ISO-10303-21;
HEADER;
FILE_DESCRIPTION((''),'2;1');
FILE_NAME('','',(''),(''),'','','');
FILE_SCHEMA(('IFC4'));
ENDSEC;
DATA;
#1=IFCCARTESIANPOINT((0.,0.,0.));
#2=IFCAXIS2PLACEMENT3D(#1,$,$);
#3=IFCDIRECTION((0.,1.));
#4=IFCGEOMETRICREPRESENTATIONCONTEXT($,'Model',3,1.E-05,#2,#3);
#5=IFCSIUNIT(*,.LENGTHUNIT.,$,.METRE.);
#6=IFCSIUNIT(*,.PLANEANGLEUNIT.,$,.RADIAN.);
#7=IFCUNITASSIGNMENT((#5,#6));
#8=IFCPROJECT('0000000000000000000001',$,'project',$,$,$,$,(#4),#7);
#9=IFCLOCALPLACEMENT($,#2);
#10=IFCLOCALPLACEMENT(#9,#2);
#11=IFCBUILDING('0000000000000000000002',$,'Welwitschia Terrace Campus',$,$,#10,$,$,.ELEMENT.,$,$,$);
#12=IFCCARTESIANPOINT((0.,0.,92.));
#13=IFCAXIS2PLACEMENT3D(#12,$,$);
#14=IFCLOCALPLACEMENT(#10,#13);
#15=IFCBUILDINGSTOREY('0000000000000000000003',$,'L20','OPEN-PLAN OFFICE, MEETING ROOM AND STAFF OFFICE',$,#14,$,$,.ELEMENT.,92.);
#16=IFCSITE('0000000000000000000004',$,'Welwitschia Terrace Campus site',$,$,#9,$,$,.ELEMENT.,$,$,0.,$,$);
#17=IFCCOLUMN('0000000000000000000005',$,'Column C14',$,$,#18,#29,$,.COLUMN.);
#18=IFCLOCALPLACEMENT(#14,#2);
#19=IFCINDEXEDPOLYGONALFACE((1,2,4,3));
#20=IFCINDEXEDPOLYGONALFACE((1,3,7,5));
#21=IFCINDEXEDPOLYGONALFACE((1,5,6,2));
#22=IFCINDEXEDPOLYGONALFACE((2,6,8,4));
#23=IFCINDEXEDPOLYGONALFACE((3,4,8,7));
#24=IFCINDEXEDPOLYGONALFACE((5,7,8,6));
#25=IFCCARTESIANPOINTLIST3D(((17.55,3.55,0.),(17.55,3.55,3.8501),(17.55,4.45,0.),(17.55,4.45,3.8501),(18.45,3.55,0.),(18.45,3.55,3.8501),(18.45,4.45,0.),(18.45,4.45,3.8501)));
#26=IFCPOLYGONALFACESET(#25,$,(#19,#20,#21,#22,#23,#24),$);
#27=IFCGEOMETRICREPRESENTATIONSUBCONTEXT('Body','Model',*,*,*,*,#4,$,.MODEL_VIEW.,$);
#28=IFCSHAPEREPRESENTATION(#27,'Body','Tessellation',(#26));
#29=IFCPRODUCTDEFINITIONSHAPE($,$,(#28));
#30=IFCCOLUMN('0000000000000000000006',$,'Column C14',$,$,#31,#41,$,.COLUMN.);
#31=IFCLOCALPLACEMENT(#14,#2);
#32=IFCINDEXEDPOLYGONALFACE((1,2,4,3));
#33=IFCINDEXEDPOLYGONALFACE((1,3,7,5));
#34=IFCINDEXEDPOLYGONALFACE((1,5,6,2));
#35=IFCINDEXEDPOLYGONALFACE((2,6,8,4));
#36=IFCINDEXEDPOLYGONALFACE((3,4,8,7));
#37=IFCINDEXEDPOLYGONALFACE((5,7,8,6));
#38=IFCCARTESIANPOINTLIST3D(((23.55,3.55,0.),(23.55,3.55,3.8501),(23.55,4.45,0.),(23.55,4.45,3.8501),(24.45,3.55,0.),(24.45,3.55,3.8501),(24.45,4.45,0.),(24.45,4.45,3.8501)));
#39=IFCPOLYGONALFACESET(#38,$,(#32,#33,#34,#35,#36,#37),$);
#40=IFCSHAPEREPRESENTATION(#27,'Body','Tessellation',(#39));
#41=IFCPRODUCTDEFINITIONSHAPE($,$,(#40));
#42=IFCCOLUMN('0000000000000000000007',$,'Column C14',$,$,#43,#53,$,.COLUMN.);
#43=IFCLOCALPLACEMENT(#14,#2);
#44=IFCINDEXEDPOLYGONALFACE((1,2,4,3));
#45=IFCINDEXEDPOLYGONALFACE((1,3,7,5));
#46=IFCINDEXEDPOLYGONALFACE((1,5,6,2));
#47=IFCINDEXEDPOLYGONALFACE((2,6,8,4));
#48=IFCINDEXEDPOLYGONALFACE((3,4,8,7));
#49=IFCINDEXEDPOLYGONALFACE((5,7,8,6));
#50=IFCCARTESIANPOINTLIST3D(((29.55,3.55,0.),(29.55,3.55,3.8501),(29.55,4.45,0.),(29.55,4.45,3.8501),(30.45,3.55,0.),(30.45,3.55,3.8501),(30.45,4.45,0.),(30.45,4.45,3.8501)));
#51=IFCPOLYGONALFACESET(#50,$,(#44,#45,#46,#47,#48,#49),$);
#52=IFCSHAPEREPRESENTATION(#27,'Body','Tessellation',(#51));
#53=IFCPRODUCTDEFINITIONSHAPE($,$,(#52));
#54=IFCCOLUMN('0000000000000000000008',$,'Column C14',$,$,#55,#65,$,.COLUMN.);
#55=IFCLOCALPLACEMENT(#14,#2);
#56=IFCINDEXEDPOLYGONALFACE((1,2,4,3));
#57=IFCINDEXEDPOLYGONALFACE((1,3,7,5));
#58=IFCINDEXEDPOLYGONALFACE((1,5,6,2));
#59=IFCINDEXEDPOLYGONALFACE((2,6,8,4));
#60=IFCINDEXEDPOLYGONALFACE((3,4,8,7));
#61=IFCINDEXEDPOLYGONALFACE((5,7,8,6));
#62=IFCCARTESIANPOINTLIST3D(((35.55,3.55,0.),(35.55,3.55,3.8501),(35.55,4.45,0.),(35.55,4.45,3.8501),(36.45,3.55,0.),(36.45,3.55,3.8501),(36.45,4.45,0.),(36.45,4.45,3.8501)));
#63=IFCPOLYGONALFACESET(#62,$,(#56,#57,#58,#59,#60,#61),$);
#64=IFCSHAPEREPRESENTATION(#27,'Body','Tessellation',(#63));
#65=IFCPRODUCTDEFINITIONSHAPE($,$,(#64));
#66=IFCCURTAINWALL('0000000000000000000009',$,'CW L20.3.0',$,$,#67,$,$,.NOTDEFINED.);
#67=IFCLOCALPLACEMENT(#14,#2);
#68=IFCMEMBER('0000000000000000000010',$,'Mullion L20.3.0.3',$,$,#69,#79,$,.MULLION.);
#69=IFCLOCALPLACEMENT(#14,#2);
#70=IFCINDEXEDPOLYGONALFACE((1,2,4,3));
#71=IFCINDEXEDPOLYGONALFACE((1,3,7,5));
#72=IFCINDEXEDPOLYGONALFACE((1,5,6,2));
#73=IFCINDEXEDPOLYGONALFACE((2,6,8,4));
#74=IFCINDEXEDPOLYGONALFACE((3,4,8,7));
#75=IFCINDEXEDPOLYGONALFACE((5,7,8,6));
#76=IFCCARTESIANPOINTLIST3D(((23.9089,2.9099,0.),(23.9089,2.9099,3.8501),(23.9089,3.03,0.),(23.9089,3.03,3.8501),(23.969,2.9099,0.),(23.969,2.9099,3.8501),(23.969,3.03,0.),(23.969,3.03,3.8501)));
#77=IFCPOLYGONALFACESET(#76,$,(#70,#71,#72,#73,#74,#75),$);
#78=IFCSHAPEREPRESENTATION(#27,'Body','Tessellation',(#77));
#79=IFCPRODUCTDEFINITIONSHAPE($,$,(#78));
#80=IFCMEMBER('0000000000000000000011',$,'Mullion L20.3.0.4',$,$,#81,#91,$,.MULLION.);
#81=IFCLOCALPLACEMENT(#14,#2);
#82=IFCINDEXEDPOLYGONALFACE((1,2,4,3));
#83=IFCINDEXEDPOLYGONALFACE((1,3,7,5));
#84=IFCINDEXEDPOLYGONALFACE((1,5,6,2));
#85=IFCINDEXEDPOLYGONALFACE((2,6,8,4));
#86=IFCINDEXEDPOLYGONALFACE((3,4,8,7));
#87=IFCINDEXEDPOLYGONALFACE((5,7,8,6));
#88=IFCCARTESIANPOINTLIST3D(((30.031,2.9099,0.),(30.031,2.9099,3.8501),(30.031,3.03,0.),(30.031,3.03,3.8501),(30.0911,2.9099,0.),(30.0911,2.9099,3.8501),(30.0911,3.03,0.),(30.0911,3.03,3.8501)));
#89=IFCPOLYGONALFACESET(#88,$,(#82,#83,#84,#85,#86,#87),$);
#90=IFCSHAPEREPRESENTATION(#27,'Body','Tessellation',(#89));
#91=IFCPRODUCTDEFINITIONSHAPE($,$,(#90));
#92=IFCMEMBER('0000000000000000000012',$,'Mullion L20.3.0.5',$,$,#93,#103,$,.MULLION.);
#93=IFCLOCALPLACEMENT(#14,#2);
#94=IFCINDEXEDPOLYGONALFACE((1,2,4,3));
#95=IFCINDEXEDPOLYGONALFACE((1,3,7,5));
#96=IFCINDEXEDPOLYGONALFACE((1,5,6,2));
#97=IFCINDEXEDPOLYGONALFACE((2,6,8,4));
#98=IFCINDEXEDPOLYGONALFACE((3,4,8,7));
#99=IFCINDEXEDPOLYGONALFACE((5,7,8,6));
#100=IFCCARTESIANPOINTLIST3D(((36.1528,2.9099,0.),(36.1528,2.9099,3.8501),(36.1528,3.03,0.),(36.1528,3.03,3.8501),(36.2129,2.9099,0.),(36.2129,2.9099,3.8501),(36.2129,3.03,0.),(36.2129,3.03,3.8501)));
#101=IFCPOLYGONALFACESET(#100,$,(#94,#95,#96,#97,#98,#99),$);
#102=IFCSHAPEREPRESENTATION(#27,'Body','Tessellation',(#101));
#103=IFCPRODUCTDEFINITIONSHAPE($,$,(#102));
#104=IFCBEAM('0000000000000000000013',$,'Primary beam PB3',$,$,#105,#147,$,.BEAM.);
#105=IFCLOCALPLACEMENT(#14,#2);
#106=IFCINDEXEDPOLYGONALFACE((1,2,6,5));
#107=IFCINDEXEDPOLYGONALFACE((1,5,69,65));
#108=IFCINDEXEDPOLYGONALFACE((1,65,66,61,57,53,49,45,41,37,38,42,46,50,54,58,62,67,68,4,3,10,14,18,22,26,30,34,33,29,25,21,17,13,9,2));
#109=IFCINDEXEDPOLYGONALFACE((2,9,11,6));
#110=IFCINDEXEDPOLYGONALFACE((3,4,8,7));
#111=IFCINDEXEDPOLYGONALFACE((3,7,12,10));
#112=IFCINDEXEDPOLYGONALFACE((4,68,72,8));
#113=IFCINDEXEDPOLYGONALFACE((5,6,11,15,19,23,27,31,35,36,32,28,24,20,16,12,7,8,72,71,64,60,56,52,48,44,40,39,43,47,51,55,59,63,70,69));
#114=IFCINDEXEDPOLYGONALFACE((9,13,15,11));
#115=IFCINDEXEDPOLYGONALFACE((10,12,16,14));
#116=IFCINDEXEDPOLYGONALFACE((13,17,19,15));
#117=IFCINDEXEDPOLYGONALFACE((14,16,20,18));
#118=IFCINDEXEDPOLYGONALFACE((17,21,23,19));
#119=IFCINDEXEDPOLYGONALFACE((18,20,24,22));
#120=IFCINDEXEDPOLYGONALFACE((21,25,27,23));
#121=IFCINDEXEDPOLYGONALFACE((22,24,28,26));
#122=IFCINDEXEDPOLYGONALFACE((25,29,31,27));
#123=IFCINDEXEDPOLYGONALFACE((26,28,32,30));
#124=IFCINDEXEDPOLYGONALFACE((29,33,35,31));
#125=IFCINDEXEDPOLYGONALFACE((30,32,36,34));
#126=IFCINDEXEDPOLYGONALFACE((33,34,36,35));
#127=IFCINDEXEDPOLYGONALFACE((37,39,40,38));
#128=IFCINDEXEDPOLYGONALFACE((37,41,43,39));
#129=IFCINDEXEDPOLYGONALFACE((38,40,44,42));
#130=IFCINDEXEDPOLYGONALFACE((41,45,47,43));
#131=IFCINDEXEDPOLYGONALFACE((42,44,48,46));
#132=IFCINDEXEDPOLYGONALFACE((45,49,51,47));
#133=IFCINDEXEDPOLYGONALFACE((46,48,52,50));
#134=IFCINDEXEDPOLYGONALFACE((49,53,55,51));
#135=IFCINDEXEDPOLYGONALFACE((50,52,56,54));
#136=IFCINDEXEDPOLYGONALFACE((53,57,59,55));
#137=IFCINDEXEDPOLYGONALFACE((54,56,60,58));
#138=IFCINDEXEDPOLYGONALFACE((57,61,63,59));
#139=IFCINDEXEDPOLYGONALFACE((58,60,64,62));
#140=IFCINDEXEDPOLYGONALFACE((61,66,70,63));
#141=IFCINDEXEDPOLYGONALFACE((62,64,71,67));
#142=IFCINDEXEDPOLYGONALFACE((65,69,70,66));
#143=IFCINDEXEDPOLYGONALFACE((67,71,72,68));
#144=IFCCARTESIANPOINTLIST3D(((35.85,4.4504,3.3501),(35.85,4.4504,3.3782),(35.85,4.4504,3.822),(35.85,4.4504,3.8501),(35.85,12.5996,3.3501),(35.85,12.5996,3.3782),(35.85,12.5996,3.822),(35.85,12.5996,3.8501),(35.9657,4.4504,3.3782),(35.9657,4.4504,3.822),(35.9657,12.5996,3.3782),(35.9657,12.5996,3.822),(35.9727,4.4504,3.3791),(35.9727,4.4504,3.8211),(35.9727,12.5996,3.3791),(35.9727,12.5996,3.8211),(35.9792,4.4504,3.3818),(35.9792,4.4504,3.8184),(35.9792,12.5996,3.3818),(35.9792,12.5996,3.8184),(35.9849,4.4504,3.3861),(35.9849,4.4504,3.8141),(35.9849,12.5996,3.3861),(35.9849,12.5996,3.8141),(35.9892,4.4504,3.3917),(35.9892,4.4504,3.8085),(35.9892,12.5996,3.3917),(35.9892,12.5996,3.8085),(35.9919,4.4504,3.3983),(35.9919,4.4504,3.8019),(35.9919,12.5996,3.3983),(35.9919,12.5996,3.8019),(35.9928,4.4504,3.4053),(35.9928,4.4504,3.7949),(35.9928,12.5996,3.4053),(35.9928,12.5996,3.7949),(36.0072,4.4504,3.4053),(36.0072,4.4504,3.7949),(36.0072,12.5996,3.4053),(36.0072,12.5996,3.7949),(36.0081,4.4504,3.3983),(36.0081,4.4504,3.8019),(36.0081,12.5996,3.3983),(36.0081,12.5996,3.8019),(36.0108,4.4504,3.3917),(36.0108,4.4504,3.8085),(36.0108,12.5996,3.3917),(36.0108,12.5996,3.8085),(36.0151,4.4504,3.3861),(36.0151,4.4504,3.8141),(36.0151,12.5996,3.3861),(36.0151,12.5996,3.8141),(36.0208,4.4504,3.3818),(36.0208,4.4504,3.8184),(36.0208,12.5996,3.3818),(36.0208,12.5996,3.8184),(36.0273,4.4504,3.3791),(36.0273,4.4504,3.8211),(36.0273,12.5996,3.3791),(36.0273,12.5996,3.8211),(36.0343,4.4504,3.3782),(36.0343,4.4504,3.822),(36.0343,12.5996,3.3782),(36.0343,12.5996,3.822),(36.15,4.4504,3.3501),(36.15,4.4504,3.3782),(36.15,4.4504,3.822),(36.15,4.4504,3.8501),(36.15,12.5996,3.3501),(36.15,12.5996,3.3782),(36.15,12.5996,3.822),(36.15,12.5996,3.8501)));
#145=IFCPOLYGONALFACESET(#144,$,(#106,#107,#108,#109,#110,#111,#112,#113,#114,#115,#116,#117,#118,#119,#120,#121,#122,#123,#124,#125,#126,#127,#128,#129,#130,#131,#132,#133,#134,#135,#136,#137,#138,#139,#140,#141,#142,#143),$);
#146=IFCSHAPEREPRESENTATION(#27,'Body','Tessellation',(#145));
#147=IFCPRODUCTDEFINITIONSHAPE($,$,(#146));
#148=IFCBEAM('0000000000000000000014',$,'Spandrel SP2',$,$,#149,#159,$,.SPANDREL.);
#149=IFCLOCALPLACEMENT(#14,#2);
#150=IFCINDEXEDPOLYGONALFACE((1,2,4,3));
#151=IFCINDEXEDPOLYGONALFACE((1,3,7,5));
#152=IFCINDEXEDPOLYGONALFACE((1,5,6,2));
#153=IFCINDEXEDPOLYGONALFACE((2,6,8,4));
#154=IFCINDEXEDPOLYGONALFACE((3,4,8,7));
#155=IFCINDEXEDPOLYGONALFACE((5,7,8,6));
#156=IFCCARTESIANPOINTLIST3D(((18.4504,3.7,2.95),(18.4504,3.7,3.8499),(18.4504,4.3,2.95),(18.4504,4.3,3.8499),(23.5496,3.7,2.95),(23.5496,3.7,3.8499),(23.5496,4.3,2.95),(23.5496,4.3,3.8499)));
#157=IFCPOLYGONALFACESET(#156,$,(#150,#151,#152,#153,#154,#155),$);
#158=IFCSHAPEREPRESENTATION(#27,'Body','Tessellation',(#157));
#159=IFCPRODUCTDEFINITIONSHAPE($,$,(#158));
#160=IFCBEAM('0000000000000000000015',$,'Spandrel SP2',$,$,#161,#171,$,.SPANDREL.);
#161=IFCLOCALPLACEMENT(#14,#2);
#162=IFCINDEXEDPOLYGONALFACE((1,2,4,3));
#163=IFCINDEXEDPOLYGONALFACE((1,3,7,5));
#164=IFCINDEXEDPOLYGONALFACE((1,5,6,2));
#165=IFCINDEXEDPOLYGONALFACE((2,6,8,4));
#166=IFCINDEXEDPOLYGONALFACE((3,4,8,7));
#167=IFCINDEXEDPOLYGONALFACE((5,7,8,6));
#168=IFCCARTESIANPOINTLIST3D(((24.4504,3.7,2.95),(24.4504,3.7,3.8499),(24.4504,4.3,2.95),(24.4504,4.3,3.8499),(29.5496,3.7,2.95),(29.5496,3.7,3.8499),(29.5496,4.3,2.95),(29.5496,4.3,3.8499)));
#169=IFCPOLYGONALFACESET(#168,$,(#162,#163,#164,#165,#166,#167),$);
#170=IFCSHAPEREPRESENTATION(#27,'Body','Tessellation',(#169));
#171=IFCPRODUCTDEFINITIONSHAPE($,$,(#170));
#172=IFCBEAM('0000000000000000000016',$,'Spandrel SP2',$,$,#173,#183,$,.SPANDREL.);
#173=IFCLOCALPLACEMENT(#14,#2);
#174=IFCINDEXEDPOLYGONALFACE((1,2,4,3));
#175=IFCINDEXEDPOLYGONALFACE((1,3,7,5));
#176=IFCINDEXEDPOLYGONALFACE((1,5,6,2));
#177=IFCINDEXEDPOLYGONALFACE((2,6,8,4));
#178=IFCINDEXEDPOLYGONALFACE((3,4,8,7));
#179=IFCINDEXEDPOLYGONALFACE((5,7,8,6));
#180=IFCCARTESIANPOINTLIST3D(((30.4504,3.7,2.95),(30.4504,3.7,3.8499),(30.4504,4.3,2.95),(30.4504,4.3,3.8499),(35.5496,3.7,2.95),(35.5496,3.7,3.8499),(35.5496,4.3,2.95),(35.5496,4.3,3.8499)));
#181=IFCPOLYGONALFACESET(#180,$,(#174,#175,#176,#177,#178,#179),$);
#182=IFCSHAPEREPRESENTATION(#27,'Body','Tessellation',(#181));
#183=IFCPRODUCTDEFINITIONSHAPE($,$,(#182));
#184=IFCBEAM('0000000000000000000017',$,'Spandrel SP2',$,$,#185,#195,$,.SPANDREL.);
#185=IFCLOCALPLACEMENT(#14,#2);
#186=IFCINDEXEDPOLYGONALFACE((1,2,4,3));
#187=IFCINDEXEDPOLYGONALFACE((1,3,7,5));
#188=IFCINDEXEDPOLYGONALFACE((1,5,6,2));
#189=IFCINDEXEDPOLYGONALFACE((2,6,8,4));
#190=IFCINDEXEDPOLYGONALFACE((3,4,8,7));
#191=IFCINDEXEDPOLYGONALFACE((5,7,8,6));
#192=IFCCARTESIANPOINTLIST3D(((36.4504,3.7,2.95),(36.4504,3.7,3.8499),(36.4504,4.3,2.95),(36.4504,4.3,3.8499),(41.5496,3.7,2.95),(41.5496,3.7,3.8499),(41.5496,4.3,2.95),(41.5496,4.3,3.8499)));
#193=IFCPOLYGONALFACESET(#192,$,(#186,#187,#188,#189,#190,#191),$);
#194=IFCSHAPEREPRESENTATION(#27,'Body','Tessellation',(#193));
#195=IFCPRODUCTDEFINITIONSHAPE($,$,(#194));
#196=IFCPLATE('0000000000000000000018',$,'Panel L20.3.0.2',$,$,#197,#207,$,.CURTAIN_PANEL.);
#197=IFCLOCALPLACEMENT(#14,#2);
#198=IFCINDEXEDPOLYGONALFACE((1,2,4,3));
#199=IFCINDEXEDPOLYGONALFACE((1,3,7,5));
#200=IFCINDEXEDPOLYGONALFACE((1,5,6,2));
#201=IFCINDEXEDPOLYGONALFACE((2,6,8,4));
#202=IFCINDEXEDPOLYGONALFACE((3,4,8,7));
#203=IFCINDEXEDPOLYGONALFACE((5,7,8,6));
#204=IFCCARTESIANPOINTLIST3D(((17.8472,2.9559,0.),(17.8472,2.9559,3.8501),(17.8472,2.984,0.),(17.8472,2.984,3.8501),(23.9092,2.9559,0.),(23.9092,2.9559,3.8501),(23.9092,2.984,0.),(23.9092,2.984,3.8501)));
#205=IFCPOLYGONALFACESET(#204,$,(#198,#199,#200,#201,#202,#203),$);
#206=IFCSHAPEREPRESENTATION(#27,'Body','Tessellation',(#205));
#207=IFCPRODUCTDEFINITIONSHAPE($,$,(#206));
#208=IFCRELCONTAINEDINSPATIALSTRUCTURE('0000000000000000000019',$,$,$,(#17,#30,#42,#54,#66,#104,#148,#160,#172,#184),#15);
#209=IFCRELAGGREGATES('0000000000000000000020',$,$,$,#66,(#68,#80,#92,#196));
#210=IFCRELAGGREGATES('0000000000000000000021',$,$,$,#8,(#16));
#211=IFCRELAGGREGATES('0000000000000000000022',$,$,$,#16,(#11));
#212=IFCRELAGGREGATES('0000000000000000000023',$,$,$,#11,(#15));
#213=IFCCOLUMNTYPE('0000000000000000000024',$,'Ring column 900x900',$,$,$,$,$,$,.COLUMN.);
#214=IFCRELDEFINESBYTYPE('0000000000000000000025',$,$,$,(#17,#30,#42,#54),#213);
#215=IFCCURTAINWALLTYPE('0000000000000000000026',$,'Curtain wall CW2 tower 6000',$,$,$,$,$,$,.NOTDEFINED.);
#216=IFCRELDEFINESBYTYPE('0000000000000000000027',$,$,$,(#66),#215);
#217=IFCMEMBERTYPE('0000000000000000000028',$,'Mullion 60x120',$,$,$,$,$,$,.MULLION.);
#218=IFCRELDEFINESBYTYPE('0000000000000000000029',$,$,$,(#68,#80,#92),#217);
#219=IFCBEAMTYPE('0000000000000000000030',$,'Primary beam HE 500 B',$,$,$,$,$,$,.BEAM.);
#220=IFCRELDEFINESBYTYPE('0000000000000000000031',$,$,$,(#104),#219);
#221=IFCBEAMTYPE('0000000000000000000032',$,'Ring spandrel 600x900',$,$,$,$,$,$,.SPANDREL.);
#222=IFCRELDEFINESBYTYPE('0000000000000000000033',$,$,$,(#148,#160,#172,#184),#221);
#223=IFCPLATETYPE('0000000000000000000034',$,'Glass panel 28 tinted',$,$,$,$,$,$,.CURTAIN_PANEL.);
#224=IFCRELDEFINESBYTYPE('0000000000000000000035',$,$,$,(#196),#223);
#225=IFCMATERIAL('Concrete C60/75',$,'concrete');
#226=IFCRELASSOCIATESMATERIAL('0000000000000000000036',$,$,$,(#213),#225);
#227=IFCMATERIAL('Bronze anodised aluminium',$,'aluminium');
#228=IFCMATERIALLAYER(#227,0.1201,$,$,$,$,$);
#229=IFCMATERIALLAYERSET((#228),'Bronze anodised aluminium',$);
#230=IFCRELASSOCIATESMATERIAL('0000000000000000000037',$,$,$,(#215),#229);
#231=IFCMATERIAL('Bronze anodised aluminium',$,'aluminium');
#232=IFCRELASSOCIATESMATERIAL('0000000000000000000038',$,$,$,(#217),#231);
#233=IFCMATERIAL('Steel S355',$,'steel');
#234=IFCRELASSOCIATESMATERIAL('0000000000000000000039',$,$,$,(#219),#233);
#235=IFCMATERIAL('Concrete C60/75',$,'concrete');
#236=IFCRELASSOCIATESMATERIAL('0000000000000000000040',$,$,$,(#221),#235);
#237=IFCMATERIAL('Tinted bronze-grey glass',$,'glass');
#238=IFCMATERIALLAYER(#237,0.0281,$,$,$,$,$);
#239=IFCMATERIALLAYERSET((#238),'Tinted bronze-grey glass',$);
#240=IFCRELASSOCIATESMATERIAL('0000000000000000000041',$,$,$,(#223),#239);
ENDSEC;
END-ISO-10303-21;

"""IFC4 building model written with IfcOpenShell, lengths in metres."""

from ifc_helpers import new_model, si_unit, direction, frame, origin, origin_2d, place, context, subcontext, project, spatial, rectangle, i_section, extrude, material, layer, layer_set, material_profile, profile_set, type_object, element, aggregate, save


model = new_model("IFC4")

# Units and contexts
model_context = context("Model", 3, precision=1e-05, world=origin(), true_north=direction((0.0, 1.0)))
body_context = subcontext(model_context, "Body", "Model", "MODEL_VIEW")
ifc_project = project(units=[si_unit("LENGTHUNIT", "METRE"), si_unit("PLANEANGLEUNIT", "RADIAN")], contexts=[model_context])

# Site, building, storey
site_placement = place(None, origin())
site = spatial("IfcSite", under=ifc_project, at=site_placement, Name="Welwitschia Terrace Campus site", CompositionType="ELEMENT", RefElevation=0.0)
building_placement = place(site_placement, origin())
building = spatial("IfcBuilding", under=site, at=building_placement, Name="Welwitschia Terrace Campus", CompositionType="ELEMENT")
storey_placement = place(building_placement, frame((0.0, 0.0, 92.0)))
storey = spatial("IfcBuildingStorey", under=building, at=storey_placement, Name="L20", Description="OPEN-PLAN OFFICE, MEETING ROOM AND STAFF OFFICE", CompositionType="ELEMENT", Elevation=92.0)

# Columns
ifc_material_1 = material(Name="Concrete C60/75", Category="concrete")
ifc_material_profile_1 = material_profile(ifc_material_1, rectangle(XDim=0.8999, YDim=0.8999, at=origin_2d()))
ifc_profile_set_1 = profile_set([ifc_material_profile_1], Name="Concrete C60/75")
column_type = type_object("IfcColumnType", Name="Ring column 900x900", PredefinedType="COLUMN", material=ifc_profile_set_1)
for number, where, z_axis, x_axis, name in (
    (1, (18.0, 4.0, 0.0), (0.0, 0.0, 1.0), (1.0, 0.0, 0.0), "Column C14"),
    (2, (24.0, 4.0, 0.0), (0.0, 0.0, 1.0), (1.0, 0.0, 0.0), "Column C14"),
    (3, (30.0, 4.0, 0.0), (0.0, 0.0, 1.0), (1.0, 0.0, 0.0), "Column C14"),
    (4, (36.0, 4.0, 0.0), (0.0, 0.0, 1.0), (1.0, 0.0, 0.0), "Column C14"),
):
    element("IfcColumn", number, at=place(storey_placement, frame(where, z_axis=z_axis, x_axis=x_axis)), inside=storey, type_object=column_type, Name=name, PredefinedType="COLUMN", context=body_context, shape_type="SweptSolid", body=[
        extrude(rectangle(XDim=0.8999, YDim=0.8999, at=origin_2d()), origin(), (0.0, 0.0, 1.0), 3.8501),
    ])

# Curtain wall, members
ifc_material_2 = material(Name="Bronze anodised aluminium", Category="aluminium")
ifc_layer_1 = layer(ifc_material_2, 0.1201)
ifc_layer_set_1 = layer_set([ifc_layer_1], Name="Bronze anodised aluminium")
curtain_wall_type = type_object("IfcCurtainWallType", Name="Curtain wall CW2 tower 6000", PredefinedType="NOTDEFINED", material=ifc_layer_set_1)
curtain_wall_placement = place(storey_placement, origin())
curtain_wall = element("IfcCurtainWall", 5, at=curtain_wall_placement, inside=storey, type_object=curtain_wall_type, Name="CW L20.3.0", PredefinedType="NOTDEFINED")
ifc_material_3 = material(Name="Bronze anodised aluminium", Category="aluminium")
ifc_material_profile_2 = material_profile(ifc_material_3, rectangle(XDim=0.1201, YDim=0.0601, at=origin_2d()))
ifc_profile_set_2 = profile_set([ifc_material_profile_2], Name="Bronze anodised aluminium")
member_type = type_object("IfcMemberType", Name="Mullion 60x120", PredefinedType="MULLION", material=ifc_profile_set_2)
member_1_placement = place(storey_placement, frame((23.939, 2.97, 0.0), z_axis=(0.0, 0.0, 1.0), x_axis=(0.0, 1.0, 0.0)))
member_1 = element("IfcMember", 6, at=member_1_placement, type_object=member_type, Name="Mullion L20.3.0.3", PredefinedType="MULLION", context=body_context, shape_type="SweptSolid", body=[
    extrude(rectangle(XDim=0.1201, YDim=0.0601, at=origin_2d()), origin(), (0.0, 0.0, 1.0), 3.8501),
])
member_2_placement = place(storey_placement, frame((30.061, 2.97, 0.0), z_axis=(0.0, 0.0, 1.0), x_axis=(0.0, 1.0, 0.0)))
member_2 = element("IfcMember", 7, at=member_2_placement, type_object=member_type, Name="Mullion L20.3.0.4", PredefinedType="MULLION", context=body_context, shape_type="SweptSolid", body=[
    extrude(rectangle(XDim=0.1201, YDim=0.0601, at=origin_2d()), origin(), (0.0, 0.0, 1.0), 3.8501),
])
member_3_placement = place(storey_placement, frame((36.1829, 2.97, 0.0), z_axis=(0.0, 0.0, 1.0), x_axis=(0.0, 1.0, 0.0)))
member_3 = element("IfcMember", 8, at=member_3_placement, type_object=member_type, Name="Mullion L20.3.0.5", PredefinedType="MULLION", context=body_context, shape_type="SweptSolid", body=[
    extrude(rectangle(XDim=0.1201, YDim=0.0601, at=origin_2d()), origin(), (0.0, 0.0, 1.0), 3.8501),
])

# Beams
ifc_material_4 = material(Name="Steel S355", Category="steel")
ifc_material_profile_3 = material_profile(ifc_material_4, i_section(OverallWidth=0.3, OverallDepth=0.5, WebThickness=0.0144, FlangeThickness=0.0281, FilletRadius=0.0271, at=origin_2d()))
ifc_profile_set_3 = profile_set([ifc_material_profile_3], Name="Steel S355")
beam_type_1 = type_object("IfcBeamType", Name="Primary beam HE 500 B", PredefinedType="BEAM", material=ifc_profile_set_3)
beam_placement = place(storey_placement, frame((36.0, 4.4504, 3.6001), z_axis=(0.0, 1.0, 0.0), x_axis=(-1.0, 0.0, 0.0)))
element("IfcBeam", 9, at=beam_placement, inside=storey, type_object=beam_type_1, Name="Primary beam PB3", PredefinedType="BEAM", context=body_context, shape_type="SweptSolid", body=[
    extrude(i_section(OverallWidth=0.3, OverallDepth=0.5, WebThickness=0.0144, FlangeThickness=0.0281, FilletRadius=0.0271, at=origin_2d()), origin(), (0.0, 0.0, 1.0), 8.1492),
])
ifc_material_5 = material(Name="Concrete C60/75", Category="concrete")
ifc_material_profile_4 = material_profile(ifc_material_5, rectangle(XDim=0.6001, YDim=0.8999, at=origin_2d()))
ifc_profile_set_4 = profile_set([ifc_material_profile_4], Name="Concrete C60/75")
beam_type_2 = type_object("IfcBeamType", Name="Ring spandrel 600x900", PredefinedType="SPANDREL", material=ifc_profile_set_4)
for number, where, z_axis, x_axis, name in (
    (10, (18.4504, 4.0, 3.3999), (1.0, 0.0, 0.0), (0.0, 1.0, 0.0), "Spandrel SP2"),
    (11, (24.4504, 4.0, 3.3999), (1.0, 0.0, 0.0), (0.0, 1.0, 0.0), "Spandrel SP2"),
    (12, (30.4504, 4.0, 3.3999), (1.0, 0.0, 0.0), (0.0, 1.0, 0.0), "Spandrel SP2"),
    (13, (36.4504, 4.0, 3.3999), (1.0, 0.0, 0.0), (0.0, 1.0, 0.0), "Spandrel SP2"),
):
    element("IfcBeam", number, at=place(storey_placement, frame(where, z_axis=z_axis, x_axis=x_axis)), inside=storey, type_object=beam_type_2, Name=name, PredefinedType="SPANDREL", context=body_context, shape_type="SweptSolid", body=[
        extrude(rectangle(XDim=0.6001, YDim=0.8999, at=origin_2d()), origin(), (0.0, 0.0, 1.0), 5.0991),
    ])

# Plate
ifc_material_6 = material(Name="Tinted bronze-grey glass", Category="glass")
ifc_layer_2 = layer(ifc_material_6, 0.0281)
ifc_layer_set_2 = layer_set([ifc_layer_2], Name="Tinted bronze-grey glass")
plate_type = type_object("IfcPlateType", Name="Glass panel 28 tinted", PredefinedType="CURTAIN_PANEL", material=ifc_layer_set_2)
plate_1_placement = place(storey_placement, frame((20.8782, 2.97, 0.0), z_axis=(0.0, 0.0, 1.0), x_axis=(1.0, 0.0, 0.0)))
plate_1 = element("IfcPlate", 14, at=plate_1_placement, type_object=plate_type, Name="Panel L20.3.0.2", PredefinedType="CURTAIN_PANEL", context=body_context, shape_type="SweptSolid", body=[
    extrude(rectangle(XDim=6.062, YDim=0.0281, at=origin_2d()), origin(), (0.0, 0.0, 1.0), 3.8501),
])
aggregate(curtain_wall, [member_1, member_2, member_3, plate_1])

save(model, "model.ifc")
